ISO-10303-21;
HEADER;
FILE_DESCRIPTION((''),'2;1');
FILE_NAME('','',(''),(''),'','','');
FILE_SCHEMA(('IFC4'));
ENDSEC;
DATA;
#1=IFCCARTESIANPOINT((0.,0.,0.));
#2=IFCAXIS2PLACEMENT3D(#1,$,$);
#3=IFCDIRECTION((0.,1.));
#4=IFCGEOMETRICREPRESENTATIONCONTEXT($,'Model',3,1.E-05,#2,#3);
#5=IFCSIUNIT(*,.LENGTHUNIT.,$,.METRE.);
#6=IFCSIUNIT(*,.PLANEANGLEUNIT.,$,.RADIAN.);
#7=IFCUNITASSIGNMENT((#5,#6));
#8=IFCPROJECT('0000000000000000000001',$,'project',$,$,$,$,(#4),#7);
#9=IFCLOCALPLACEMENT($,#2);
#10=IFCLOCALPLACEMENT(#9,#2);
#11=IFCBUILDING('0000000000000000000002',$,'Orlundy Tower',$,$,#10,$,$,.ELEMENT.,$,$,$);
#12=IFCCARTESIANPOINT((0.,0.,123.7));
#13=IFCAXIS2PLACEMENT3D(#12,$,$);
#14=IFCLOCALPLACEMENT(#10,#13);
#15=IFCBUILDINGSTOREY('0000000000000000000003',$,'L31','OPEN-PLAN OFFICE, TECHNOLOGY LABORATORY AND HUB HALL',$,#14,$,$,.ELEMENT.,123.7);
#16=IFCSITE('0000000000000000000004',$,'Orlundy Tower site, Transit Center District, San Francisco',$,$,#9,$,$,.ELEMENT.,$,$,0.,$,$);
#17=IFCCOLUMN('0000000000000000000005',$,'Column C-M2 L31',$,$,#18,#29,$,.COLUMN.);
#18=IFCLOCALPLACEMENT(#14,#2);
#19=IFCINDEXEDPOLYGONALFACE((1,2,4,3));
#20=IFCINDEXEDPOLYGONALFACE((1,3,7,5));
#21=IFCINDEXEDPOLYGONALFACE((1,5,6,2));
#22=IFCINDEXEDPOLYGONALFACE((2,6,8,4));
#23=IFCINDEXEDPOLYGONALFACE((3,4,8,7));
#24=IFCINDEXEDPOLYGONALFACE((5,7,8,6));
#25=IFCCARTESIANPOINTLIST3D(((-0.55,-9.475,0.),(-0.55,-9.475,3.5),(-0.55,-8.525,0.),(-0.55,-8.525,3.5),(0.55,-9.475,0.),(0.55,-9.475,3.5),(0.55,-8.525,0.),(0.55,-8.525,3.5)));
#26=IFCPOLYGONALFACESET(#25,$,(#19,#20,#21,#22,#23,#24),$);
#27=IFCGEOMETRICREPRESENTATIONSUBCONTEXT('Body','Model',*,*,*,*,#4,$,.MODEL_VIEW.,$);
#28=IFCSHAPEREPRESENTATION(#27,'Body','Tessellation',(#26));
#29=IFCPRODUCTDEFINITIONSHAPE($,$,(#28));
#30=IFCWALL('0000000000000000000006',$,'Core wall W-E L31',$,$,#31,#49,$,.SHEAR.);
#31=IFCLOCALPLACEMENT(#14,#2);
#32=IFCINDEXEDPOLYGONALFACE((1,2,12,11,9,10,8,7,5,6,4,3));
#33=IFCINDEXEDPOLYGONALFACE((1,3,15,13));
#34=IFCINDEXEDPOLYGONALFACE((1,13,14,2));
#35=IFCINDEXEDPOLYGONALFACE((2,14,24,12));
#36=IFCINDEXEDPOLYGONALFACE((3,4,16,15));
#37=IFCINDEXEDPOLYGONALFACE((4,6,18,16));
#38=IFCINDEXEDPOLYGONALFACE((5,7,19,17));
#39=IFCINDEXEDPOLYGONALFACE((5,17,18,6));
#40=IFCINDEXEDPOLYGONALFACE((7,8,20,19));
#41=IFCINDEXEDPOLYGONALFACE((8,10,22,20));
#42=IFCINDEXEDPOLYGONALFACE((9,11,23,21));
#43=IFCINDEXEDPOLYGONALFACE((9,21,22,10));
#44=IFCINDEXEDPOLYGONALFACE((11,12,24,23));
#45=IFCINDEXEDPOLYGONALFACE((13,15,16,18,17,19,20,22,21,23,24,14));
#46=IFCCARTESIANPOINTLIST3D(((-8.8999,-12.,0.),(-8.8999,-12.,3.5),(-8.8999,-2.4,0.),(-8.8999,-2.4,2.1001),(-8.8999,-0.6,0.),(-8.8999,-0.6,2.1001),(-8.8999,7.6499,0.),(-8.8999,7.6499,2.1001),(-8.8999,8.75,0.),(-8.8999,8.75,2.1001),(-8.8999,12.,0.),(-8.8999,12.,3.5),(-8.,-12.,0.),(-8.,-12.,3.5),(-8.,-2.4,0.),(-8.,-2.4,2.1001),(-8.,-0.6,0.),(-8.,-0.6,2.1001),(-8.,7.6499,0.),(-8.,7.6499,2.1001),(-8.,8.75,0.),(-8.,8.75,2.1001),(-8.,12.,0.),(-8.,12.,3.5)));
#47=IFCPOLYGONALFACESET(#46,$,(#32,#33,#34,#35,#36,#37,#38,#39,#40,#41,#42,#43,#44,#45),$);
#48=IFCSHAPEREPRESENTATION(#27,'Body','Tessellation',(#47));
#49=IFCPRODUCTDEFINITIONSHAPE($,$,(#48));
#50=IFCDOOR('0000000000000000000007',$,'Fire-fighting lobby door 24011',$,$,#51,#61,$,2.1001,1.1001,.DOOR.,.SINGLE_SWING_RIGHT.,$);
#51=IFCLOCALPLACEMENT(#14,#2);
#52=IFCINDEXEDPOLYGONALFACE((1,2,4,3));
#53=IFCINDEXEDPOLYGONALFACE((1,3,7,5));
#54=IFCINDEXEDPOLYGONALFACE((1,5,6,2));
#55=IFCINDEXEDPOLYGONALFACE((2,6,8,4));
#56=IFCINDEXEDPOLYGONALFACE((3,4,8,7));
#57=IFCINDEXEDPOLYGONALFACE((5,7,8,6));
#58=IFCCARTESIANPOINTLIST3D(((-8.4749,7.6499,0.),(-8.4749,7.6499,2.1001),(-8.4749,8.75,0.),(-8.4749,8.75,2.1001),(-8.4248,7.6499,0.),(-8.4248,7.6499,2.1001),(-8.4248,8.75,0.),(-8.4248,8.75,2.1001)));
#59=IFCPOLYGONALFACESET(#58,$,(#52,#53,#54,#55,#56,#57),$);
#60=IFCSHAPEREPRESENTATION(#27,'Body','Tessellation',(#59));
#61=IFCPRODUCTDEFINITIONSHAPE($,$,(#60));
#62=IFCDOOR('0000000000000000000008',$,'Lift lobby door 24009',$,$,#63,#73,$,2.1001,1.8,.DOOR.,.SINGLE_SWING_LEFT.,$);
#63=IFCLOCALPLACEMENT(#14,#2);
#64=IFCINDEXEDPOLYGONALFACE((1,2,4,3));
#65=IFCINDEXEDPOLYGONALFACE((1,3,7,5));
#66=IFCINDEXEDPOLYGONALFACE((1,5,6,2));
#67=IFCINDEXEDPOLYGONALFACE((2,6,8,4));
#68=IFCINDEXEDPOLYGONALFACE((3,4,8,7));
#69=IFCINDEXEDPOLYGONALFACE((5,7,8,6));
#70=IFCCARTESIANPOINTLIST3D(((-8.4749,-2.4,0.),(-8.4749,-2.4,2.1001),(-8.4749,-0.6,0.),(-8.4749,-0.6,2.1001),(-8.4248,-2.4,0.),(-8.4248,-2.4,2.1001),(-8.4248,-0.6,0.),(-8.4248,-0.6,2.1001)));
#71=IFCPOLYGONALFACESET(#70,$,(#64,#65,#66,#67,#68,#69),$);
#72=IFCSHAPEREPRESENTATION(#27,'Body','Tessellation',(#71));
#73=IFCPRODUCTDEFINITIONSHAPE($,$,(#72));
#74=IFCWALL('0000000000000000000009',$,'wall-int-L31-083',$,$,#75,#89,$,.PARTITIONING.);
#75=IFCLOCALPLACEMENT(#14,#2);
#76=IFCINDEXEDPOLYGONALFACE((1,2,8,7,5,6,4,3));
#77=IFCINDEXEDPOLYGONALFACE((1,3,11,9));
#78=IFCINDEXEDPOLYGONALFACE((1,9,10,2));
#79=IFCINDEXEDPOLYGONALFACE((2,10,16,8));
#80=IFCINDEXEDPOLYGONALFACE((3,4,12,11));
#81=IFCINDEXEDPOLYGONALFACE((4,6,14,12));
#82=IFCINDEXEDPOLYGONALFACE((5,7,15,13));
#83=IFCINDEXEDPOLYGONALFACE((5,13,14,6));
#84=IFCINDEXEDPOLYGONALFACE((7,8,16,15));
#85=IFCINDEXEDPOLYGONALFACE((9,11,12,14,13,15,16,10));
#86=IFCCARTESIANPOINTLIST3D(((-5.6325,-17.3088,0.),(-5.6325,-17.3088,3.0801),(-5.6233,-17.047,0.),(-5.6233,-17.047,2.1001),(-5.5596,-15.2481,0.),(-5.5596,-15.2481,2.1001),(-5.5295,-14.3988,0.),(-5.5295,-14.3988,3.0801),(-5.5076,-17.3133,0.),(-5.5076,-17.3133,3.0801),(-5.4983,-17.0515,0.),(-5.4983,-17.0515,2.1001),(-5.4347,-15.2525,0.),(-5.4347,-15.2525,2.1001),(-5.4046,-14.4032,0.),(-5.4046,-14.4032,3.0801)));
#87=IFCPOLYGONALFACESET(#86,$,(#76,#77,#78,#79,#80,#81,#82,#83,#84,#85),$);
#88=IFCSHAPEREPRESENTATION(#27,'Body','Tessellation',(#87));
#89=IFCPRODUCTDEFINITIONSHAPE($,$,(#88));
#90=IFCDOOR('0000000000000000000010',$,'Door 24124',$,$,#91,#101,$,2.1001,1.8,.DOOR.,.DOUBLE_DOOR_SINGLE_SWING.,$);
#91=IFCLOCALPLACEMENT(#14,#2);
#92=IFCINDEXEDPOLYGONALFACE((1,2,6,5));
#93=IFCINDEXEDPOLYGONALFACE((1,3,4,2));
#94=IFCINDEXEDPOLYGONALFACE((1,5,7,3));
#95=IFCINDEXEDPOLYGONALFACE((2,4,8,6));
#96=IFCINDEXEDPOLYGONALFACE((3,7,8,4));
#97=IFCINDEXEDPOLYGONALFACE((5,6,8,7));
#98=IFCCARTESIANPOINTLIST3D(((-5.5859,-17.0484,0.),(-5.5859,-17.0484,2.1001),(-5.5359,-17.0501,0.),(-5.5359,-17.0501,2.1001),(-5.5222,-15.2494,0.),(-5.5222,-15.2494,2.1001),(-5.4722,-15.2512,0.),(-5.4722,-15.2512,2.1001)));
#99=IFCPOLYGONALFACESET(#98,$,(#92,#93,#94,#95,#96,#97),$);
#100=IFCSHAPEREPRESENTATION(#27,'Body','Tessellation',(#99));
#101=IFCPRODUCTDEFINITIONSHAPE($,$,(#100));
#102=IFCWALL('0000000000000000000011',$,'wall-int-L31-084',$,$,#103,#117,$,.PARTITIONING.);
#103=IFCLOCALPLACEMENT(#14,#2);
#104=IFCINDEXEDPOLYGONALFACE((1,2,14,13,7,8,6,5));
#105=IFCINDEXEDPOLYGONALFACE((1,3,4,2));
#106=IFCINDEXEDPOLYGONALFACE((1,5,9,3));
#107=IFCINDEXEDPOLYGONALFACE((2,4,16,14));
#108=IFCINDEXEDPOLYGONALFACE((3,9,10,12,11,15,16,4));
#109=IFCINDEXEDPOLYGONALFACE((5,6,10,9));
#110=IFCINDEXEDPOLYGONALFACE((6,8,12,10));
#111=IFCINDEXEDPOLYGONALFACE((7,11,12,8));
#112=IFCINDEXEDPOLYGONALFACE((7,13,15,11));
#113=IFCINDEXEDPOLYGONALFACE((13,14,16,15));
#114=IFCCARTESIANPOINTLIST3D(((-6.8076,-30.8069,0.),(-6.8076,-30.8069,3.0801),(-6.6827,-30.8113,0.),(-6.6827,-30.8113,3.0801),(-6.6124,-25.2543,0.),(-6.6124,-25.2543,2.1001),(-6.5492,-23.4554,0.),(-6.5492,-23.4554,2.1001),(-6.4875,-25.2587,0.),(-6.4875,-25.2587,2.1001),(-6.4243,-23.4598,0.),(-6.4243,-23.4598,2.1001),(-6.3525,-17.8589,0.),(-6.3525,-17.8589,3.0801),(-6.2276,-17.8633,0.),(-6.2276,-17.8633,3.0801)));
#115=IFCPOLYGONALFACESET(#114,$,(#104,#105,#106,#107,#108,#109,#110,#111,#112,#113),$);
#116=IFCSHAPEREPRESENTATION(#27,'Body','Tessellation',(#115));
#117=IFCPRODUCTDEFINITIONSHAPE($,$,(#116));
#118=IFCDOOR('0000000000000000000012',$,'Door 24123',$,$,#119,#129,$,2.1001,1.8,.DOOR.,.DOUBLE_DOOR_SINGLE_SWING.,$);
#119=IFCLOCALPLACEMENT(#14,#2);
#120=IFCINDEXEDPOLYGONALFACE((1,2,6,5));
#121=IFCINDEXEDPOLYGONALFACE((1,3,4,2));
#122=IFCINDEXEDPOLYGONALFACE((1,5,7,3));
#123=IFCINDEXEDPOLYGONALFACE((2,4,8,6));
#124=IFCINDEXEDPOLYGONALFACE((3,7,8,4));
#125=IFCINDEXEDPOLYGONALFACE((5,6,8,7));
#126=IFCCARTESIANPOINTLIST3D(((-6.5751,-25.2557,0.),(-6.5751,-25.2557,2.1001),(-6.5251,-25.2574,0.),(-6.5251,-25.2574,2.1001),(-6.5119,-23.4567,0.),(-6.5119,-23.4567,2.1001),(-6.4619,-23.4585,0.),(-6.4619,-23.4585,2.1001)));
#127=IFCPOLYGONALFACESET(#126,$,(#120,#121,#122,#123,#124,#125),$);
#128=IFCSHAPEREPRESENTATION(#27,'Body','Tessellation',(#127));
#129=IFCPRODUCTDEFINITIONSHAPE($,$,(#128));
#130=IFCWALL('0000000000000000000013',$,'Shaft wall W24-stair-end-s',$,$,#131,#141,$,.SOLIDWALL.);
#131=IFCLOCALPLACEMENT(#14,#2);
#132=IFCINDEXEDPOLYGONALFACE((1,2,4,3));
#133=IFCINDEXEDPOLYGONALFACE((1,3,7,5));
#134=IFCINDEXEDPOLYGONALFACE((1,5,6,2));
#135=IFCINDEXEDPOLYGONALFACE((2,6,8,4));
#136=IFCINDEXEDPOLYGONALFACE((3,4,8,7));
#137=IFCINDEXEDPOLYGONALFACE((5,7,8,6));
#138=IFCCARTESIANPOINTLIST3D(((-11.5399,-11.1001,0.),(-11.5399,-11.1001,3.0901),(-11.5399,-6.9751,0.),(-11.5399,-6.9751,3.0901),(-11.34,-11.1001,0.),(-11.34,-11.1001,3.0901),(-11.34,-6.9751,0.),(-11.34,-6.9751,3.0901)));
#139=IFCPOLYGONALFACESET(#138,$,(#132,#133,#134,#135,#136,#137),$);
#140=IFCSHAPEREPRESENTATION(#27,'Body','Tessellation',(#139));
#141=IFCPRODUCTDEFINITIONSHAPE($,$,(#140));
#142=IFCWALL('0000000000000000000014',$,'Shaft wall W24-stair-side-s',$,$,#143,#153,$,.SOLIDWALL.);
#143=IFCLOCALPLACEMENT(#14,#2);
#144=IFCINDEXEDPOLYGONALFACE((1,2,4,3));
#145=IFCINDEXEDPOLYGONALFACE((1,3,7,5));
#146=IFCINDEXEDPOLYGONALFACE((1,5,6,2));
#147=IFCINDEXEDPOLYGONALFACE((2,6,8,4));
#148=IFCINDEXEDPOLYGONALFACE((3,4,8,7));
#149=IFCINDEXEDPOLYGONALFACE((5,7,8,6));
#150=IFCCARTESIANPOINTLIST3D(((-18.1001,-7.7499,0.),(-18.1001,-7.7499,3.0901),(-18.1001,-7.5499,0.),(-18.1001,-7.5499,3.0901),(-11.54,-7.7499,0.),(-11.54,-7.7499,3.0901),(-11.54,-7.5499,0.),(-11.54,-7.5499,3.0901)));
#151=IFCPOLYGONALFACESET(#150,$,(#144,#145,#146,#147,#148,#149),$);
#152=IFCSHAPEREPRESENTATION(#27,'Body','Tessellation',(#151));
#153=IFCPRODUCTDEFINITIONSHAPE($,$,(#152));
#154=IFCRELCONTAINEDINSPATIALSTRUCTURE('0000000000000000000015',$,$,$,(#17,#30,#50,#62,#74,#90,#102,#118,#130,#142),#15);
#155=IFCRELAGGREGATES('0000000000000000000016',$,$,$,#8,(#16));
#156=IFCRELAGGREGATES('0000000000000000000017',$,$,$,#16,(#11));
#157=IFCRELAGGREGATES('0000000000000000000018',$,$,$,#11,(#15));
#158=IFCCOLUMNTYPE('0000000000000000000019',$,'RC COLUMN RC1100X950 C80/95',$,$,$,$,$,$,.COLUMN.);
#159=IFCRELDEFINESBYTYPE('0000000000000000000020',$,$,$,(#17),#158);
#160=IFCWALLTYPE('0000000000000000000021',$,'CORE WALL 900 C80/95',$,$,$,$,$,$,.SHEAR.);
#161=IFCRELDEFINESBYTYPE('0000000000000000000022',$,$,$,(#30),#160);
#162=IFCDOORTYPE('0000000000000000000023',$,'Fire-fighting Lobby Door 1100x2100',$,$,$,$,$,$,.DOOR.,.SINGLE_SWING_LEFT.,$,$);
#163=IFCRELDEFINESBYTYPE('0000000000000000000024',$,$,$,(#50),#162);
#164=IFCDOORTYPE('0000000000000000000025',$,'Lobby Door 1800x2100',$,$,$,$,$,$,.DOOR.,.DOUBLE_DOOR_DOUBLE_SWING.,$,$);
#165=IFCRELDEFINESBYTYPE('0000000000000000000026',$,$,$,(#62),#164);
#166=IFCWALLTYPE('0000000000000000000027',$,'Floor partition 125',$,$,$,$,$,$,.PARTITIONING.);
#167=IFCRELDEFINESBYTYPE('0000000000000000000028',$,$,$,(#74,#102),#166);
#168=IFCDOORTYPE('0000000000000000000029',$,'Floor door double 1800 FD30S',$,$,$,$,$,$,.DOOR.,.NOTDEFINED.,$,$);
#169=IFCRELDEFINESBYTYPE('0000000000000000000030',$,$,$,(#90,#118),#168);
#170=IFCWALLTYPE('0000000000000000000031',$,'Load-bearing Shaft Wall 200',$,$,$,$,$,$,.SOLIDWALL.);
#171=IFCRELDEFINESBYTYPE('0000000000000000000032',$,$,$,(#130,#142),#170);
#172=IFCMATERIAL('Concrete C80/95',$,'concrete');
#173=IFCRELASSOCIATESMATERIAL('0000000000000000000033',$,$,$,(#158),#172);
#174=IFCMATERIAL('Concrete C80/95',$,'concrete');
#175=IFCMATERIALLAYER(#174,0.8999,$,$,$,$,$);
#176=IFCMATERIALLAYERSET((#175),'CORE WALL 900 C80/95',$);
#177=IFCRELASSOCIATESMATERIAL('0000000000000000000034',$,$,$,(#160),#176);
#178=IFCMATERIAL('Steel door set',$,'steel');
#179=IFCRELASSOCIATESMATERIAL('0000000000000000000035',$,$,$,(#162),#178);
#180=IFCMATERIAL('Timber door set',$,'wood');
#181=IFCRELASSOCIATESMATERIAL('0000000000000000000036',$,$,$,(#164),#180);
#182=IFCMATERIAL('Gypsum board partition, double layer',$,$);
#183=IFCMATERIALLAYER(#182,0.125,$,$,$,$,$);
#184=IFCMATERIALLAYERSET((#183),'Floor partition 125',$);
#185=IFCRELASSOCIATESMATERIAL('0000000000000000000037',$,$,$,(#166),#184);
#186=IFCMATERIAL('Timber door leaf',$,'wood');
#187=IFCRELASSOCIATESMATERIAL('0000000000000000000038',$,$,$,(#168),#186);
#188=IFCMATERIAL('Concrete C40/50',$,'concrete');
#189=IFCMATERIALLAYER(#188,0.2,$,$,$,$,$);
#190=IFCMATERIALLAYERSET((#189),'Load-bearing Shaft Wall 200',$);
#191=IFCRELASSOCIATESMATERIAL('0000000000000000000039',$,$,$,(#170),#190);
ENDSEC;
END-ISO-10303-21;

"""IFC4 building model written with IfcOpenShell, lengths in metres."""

from ifc_helpers import new_model, si_unit, direction, frame, frame_2d, origin, origin_2d, place, context, subcontext, project, spatial, rectangle, extrude, material, layer, layer_set, material_profile, profile_set, type_object, element, fill, save


model = new_model("IFC4")

# Units and contexts
model_context = context("Model", 3, precision=1e-05, world=origin(), true_north=direction((0.0, 1.0)))
body_context = subcontext(model_context, "Body", "Model", "MODEL_VIEW")
ifc_project = project(units=[si_unit("LENGTHUNIT", "METRE"), si_unit("PLANEANGLEUNIT", "RADIAN")], contexts=[model_context])

# Site, building, storey
site_placement = place(None, origin())
site = spatial("IfcSite", under=ifc_project, at=site_placement, Name="Orlundy Tower site, Transit Center District, San Francisco", CompositionType="ELEMENT", RefElevation=0.0)
building_placement = place(site_placement, origin())
building = spatial("IfcBuilding", under=site, at=building_placement, Name="Orlundy Tower", CompositionType="ELEMENT")
storey_placement = place(building_placement, frame((0.0, 0.0, 123.7)))
storey = spatial("IfcBuildingStorey", under=building, at=storey_placement, Name="L31", Description="OPEN-PLAN OFFICE, TECHNOLOGY LABORATORY AND HUB HALL", CompositionType="ELEMENT", Elevation=123.7)

# Column
ifc_material_1 = material(Name="Concrete C80/95", Category="concrete")
ifc_material_profile = material_profile(ifc_material_1, rectangle(XDim=1.1001, YDim=0.95, at=origin_2d()), Name="RC1100X950")
ifc_profile_set = profile_set([ifc_material_profile], Name="Concrete C80/95")
column_type = type_object("IfcColumnType", Name="RC COLUMN RC1100X950 C80/95", PredefinedType="COLUMN", material=ifc_profile_set)
column_placement = place(storey_placement, frame((0.0, -9.0, 0.0), z_axis=(0.0, 0.0, 1.0), x_axis=(1.0, 0.0, 0.0)))
element("IfcColumn", 1, at=column_placement, inside=storey, type_object=column_type, Name="Column C-M2 L31", PredefinedType="COLUMN", context=body_context, shape_type="SweptSolid", body=[
    extrude(rectangle(XDim=1.1001, YDim=0.95, at=origin_2d()), origin(), (0.0, 0.0, 1.0), 3.5),
])

# Wall, openings, doors
ifc_material_2 = material(Name="Concrete C80/95", Category="concrete")
ifc_layer_1 = layer(ifc_material_2, 0.8999)
ifc_layer_set_1 = layer_set([ifc_layer_1], Name="CORE WALL 900 C80/95")
wall_type_1 = type_object("IfcWallType", Name="CORE WALL 900 C80/95", PredefinedType="SHEAR", material=ifc_layer_set_1)
wall_1_placement = place(storey_placement, frame((-8.45, -12.0, 0.0), z_axis=(0.0, 0.0, 1.0), x_axis=(0.0, 1.0, 0.0)))
wall_1 = element("IfcWall", 2, at=wall_1_placement, inside=storey, type_object=wall_type_1, Name="Core wall W-E L31", PredefinedType="SHEAR", context=body_context, shape_type="SweptSolid", body=[
    extrude(rectangle(XDim=24.0, YDim=0.8999, at=frame_2d((12.0, 0.0))), origin(), (0.0, 0.0, 1.0), 3.5),
])
opening_1_placement = place(wall_1_placement, frame((9.6001, 0.0, 0.0)))
opening_1 = element("IfcOpeningElement", 3, at=opening_1_placement, cuts=wall_1, PredefinedType="OPENING", context=body_context, shape_type="SweptSolid", body=[
    extrude(rectangle(XDim=1.8, YDim=2.1001, at=frame_2d((0.8999, 1.05))), frame((0.0, 0.46, 0.0), z_axis=(0.0, -1.0, 0.0), x_axis=(1.0, 0.0, 0.0)), (0.0, 0.0, 1.0), 0.9199),
])
opening_2_placement = place(wall_1_placement, frame((19.6499, 0.0, 0.0)))
opening_2 = element("IfcOpeningElement", 4, at=opening_2_placement, cuts=wall_1, PredefinedType="OPENING", context=body_context, shape_type="SweptSolid", body=[
    extrude(rectangle(XDim=1.1001, YDim=2.1001, at=frame_2d((0.55, 1.05))), frame((0.0, 0.46, 0.0), z_axis=(0.0, -1.0, 0.0), x_axis=(1.0, 0.0, 0.0)), (0.0, 0.0, 1.0), 0.9199),
])
ifc_material_3 = material(Name="Steel door set", Category="steel")
door_type_1 = type_object("IfcDoorType", Name="Fire-fighting Lobby Door 1100x2100", OperationType="SINGLE_SWING_LEFT", PredefinedType="DOOR", material=ifc_material_3)
door_1_placement = place(opening_2_placement, origin())
door_1 = element("IfcDoor", 5, at=door_1_placement, inside=storey, type_object=door_type_1, Name="Fire-fighting lobby door 24011", OperationType="SINGLE_SWING_RIGHT", OverallHeight=2.1001, OverallWidth=1.1001, PredefinedType="DOOR", context=body_context, shape_type="SweptSolid", body=[
    extrude(rectangle(XDim=1.1001, YDim=2.1001, at=frame_2d((0.55, 1.05))), frame((0.0, 0.0249, 0.0), z_axis=(0.0, -1.0, 0.0), x_axis=(1.0, 0.0, 0.0)), (0.0, 0.0, 1.0), 0.05),
])
fill(opening_2, door_1)
ifc_material_4 = material(Name="Timber door set", Category="wood")
door_type_2 = type_object("IfcDoorType", Name="Lobby Door 1800x2100", OperationType="DOUBLE_DOOR_DOUBLE_SWING", PredefinedType="DOOR", material=ifc_material_4)
door_2_placement = place(opening_1_placement, origin())
door_2 = element("IfcDoor", 6, at=door_2_placement, inside=storey, type_object=door_type_2, Name="Lift lobby door 24009", OperationType="SINGLE_SWING_LEFT", OverallHeight=2.1001, OverallWidth=1.8, PredefinedType="DOOR", context=body_context, shape_type="SweptSolid", body=[
    extrude(rectangle(XDim=1.8, YDim=2.1001, at=frame_2d((0.8999, 1.05))), frame((0.0, 0.0249, 0.0), z_axis=(0.0, -1.0, 0.0), x_axis=(1.0, 0.0, 0.0)), (0.0, 0.0, 1.0), 0.05),
])
fill(opening_1, door_2)

# Walls, openings, doors
ifc_material_5 = material(Name="Gypsum board partition, double layer")
ifc_layer_2 = layer(ifc_material_5, 0.125)
ifc_layer_set_2 = layer_set([ifc_layer_2], Name="Floor partition 125")
wall_type_2 = type_object("IfcWallType", Name="Floor partition 125", PredefinedType="PARTITIONING", material=ifc_layer_set_2)
wall_2_placement = place(storey_placement, frame((-5.467, -14.4009, 0.0), z_axis=(0.0, 0.0, 1.0), x_axis=(-0.035381, -0.999374, 0.0)))
wall_2 = element("IfcWall", 7, at=wall_2_placement, inside=storey, type_object=wall_type_2, Name="wall-int-L31-083", PredefinedType="PARTITIONING", context=body_context, shape_type="SweptSolid", body=[
    extrude(rectangle(XDim=2.9119, YDim=0.125, at=frame_2d((1.4561, 0.0))), origin(), (0.0, 0.0, 1.0), 3.0801),
])
opening_3_placement = place(wall_2_placement, frame((0.8501, 0.0, 0.0)))
opening_3 = element("IfcOpeningElement", 8, at=opening_3_placement, cuts=wall_2, PredefinedType="OPENING", context=body_context, shape_type="SweptSolid", body=[
    extrude(rectangle(XDim=1.8, YDim=2.1001, at=frame_2d((0.8999, 1.05))), frame((0.0, 0.0725, 0.0), z_axis=(0.0, -1.0, 0.0), x_axis=(1.0, 0.0, 0.0)), (0.0, 0.0, 1.0), 0.145),
])
ifc_material_6 = material(Name="Timber door leaf", Category="wood")
door_type_3 = type_object("IfcDoorType", Name="Floor door double 1800 FD30S", OperationType="NOTDEFINED", PredefinedType="DOOR", material=ifc_material_6)
door_3_placement = place(opening_3_placement, origin())
door_3 = element("IfcDoor", 9, at=door_3_placement, inside=storey, type_object=door_type_3, Name="Door 24124", OperationType="DOUBLE_DOOR_SINGLE_SWING", OverallHeight=2.1001, OverallWidth=1.8, PredefinedType="DOOR", context=body_context, shape_type="SweptSolid", body=[
    extrude(rectangle(XDim=1.8, YDim=2.1001, at=frame_2d((0.8999, 1.05))), frame((0.0, 0.0249, 0.0), z_axis=(0.0, -1.0, 0.0), x_axis=(1.0, 0.0, 0.0)), (0.0, 0.0, 1.0), 0.05),
])
fill(opening_3, door_3)
wall_3_placement = place(storey_placement, frame((-6.29, -17.8611, 0.0), z_axis=(0.0, 0.0, 1.0), x_axis=(-0.035125, -0.999383, 0.0)))
wall_3 = element("IfcWall", 10, at=wall_3_placement, inside=storey, type_object=wall_type_2, Name="wall-int-L31-084", PredefinedType="PARTITIONING", context=body_context, shape_type="SweptSolid", body=[
    extrude(rectangle(XDim=12.9561, YDim=0.125, at=frame_2d((6.478, 0.0))), origin(), (0.0, 0.0, 1.0), 3.0801),
])
opening_4_placement = place(wall_3_placement, frame((5.6001, 0.0, 0.0)))
opening_4 = element("IfcOpeningElement", 11, at=opening_4_placement, cuts=wall_3, PredefinedType="OPENING", context=body_context, shape_type="SweptSolid", body=[
    extrude(rectangle(XDim=1.8, YDim=2.1001, at=frame_2d((0.8999, 1.05))), frame((0.0, 0.0725, 0.0), z_axis=(0.0, -1.0, 0.0), x_axis=(1.0, 0.0, 0.0)), (0.0, 0.0, 1.0), 0.145),
])
door_4_placement = place(opening_4_placement, origin())
door_4 = element("IfcDoor", 12, at=door_4_placement, inside=storey, type_object=door_type_3, Name="Door 24123", OperationType="DOUBLE_DOOR_SINGLE_SWING", OverallHeight=2.1001, OverallWidth=1.8, PredefinedType="DOOR", context=body_context, shape_type="SweptSolid", body=[
    extrude(rectangle(XDim=1.8, YDim=2.1001, at=frame_2d((0.8999, 1.05))), frame((0.0, 0.0249, 0.0), z_axis=(0.0, -1.0, 0.0), x_axis=(1.0, 0.0, 0.0)), (0.0, 0.0, 1.0), 0.05),
])
fill(opening_4, door_4)

# Walls
ifc_material_7 = material(Name="Concrete C40/50", Category="concrete")
ifc_layer_3 = layer(ifc_material_7, 0.2)
ifc_layer_set_3 = layer_set([ifc_layer_3], Name="Load-bearing Shaft Wall 200")
wall_type_3 = type_object("IfcWallType", Name="Load-bearing Shaft Wall 200", PredefinedType="SOLIDWALL", material=ifc_layer_set_3)
wall_4_placement = place(storey_placement, frame((-11.4399, -11.1001, 0.0), z_axis=(0.0, 0.0, 1.0), x_axis=(0.0, 1.0, 0.0)))
element("IfcWall", 13, at=wall_4_placement, inside=storey, type_object=wall_type_3, Name="Shaft wall W24-stair-end-s", PredefinedType="SOLIDWALL", context=body_context, shape_type="SweptSolid", body=[
    extrude(rectangle(XDim=4.125, YDim=0.2, at=frame_2d((2.0625, 0.0))), origin(), (0.0, 0.0, 1.0), 3.0901),
])
wall_5_placement = place(storey_placement, frame((-11.54, -7.6499, 0.0), z_axis=(0.0, 0.0, 1.0), x_axis=(-1.0, 0.0, 0.0)))
element("IfcWall", 14, at=wall_5_placement, inside=storey, type_object=wall_type_3, Name="Shaft wall W24-stair-side-s", PredefinedType="SOLIDWALL", context=body_context, shape_type="SweptSolid", body=[
    extrude(rectangle(XDim=6.5601, YDim=0.2, at=frame_2d((3.28, 0.0))), origin(), (0.0, 0.0, 1.0), 3.0901),
])

save(model, "model.ifc")
